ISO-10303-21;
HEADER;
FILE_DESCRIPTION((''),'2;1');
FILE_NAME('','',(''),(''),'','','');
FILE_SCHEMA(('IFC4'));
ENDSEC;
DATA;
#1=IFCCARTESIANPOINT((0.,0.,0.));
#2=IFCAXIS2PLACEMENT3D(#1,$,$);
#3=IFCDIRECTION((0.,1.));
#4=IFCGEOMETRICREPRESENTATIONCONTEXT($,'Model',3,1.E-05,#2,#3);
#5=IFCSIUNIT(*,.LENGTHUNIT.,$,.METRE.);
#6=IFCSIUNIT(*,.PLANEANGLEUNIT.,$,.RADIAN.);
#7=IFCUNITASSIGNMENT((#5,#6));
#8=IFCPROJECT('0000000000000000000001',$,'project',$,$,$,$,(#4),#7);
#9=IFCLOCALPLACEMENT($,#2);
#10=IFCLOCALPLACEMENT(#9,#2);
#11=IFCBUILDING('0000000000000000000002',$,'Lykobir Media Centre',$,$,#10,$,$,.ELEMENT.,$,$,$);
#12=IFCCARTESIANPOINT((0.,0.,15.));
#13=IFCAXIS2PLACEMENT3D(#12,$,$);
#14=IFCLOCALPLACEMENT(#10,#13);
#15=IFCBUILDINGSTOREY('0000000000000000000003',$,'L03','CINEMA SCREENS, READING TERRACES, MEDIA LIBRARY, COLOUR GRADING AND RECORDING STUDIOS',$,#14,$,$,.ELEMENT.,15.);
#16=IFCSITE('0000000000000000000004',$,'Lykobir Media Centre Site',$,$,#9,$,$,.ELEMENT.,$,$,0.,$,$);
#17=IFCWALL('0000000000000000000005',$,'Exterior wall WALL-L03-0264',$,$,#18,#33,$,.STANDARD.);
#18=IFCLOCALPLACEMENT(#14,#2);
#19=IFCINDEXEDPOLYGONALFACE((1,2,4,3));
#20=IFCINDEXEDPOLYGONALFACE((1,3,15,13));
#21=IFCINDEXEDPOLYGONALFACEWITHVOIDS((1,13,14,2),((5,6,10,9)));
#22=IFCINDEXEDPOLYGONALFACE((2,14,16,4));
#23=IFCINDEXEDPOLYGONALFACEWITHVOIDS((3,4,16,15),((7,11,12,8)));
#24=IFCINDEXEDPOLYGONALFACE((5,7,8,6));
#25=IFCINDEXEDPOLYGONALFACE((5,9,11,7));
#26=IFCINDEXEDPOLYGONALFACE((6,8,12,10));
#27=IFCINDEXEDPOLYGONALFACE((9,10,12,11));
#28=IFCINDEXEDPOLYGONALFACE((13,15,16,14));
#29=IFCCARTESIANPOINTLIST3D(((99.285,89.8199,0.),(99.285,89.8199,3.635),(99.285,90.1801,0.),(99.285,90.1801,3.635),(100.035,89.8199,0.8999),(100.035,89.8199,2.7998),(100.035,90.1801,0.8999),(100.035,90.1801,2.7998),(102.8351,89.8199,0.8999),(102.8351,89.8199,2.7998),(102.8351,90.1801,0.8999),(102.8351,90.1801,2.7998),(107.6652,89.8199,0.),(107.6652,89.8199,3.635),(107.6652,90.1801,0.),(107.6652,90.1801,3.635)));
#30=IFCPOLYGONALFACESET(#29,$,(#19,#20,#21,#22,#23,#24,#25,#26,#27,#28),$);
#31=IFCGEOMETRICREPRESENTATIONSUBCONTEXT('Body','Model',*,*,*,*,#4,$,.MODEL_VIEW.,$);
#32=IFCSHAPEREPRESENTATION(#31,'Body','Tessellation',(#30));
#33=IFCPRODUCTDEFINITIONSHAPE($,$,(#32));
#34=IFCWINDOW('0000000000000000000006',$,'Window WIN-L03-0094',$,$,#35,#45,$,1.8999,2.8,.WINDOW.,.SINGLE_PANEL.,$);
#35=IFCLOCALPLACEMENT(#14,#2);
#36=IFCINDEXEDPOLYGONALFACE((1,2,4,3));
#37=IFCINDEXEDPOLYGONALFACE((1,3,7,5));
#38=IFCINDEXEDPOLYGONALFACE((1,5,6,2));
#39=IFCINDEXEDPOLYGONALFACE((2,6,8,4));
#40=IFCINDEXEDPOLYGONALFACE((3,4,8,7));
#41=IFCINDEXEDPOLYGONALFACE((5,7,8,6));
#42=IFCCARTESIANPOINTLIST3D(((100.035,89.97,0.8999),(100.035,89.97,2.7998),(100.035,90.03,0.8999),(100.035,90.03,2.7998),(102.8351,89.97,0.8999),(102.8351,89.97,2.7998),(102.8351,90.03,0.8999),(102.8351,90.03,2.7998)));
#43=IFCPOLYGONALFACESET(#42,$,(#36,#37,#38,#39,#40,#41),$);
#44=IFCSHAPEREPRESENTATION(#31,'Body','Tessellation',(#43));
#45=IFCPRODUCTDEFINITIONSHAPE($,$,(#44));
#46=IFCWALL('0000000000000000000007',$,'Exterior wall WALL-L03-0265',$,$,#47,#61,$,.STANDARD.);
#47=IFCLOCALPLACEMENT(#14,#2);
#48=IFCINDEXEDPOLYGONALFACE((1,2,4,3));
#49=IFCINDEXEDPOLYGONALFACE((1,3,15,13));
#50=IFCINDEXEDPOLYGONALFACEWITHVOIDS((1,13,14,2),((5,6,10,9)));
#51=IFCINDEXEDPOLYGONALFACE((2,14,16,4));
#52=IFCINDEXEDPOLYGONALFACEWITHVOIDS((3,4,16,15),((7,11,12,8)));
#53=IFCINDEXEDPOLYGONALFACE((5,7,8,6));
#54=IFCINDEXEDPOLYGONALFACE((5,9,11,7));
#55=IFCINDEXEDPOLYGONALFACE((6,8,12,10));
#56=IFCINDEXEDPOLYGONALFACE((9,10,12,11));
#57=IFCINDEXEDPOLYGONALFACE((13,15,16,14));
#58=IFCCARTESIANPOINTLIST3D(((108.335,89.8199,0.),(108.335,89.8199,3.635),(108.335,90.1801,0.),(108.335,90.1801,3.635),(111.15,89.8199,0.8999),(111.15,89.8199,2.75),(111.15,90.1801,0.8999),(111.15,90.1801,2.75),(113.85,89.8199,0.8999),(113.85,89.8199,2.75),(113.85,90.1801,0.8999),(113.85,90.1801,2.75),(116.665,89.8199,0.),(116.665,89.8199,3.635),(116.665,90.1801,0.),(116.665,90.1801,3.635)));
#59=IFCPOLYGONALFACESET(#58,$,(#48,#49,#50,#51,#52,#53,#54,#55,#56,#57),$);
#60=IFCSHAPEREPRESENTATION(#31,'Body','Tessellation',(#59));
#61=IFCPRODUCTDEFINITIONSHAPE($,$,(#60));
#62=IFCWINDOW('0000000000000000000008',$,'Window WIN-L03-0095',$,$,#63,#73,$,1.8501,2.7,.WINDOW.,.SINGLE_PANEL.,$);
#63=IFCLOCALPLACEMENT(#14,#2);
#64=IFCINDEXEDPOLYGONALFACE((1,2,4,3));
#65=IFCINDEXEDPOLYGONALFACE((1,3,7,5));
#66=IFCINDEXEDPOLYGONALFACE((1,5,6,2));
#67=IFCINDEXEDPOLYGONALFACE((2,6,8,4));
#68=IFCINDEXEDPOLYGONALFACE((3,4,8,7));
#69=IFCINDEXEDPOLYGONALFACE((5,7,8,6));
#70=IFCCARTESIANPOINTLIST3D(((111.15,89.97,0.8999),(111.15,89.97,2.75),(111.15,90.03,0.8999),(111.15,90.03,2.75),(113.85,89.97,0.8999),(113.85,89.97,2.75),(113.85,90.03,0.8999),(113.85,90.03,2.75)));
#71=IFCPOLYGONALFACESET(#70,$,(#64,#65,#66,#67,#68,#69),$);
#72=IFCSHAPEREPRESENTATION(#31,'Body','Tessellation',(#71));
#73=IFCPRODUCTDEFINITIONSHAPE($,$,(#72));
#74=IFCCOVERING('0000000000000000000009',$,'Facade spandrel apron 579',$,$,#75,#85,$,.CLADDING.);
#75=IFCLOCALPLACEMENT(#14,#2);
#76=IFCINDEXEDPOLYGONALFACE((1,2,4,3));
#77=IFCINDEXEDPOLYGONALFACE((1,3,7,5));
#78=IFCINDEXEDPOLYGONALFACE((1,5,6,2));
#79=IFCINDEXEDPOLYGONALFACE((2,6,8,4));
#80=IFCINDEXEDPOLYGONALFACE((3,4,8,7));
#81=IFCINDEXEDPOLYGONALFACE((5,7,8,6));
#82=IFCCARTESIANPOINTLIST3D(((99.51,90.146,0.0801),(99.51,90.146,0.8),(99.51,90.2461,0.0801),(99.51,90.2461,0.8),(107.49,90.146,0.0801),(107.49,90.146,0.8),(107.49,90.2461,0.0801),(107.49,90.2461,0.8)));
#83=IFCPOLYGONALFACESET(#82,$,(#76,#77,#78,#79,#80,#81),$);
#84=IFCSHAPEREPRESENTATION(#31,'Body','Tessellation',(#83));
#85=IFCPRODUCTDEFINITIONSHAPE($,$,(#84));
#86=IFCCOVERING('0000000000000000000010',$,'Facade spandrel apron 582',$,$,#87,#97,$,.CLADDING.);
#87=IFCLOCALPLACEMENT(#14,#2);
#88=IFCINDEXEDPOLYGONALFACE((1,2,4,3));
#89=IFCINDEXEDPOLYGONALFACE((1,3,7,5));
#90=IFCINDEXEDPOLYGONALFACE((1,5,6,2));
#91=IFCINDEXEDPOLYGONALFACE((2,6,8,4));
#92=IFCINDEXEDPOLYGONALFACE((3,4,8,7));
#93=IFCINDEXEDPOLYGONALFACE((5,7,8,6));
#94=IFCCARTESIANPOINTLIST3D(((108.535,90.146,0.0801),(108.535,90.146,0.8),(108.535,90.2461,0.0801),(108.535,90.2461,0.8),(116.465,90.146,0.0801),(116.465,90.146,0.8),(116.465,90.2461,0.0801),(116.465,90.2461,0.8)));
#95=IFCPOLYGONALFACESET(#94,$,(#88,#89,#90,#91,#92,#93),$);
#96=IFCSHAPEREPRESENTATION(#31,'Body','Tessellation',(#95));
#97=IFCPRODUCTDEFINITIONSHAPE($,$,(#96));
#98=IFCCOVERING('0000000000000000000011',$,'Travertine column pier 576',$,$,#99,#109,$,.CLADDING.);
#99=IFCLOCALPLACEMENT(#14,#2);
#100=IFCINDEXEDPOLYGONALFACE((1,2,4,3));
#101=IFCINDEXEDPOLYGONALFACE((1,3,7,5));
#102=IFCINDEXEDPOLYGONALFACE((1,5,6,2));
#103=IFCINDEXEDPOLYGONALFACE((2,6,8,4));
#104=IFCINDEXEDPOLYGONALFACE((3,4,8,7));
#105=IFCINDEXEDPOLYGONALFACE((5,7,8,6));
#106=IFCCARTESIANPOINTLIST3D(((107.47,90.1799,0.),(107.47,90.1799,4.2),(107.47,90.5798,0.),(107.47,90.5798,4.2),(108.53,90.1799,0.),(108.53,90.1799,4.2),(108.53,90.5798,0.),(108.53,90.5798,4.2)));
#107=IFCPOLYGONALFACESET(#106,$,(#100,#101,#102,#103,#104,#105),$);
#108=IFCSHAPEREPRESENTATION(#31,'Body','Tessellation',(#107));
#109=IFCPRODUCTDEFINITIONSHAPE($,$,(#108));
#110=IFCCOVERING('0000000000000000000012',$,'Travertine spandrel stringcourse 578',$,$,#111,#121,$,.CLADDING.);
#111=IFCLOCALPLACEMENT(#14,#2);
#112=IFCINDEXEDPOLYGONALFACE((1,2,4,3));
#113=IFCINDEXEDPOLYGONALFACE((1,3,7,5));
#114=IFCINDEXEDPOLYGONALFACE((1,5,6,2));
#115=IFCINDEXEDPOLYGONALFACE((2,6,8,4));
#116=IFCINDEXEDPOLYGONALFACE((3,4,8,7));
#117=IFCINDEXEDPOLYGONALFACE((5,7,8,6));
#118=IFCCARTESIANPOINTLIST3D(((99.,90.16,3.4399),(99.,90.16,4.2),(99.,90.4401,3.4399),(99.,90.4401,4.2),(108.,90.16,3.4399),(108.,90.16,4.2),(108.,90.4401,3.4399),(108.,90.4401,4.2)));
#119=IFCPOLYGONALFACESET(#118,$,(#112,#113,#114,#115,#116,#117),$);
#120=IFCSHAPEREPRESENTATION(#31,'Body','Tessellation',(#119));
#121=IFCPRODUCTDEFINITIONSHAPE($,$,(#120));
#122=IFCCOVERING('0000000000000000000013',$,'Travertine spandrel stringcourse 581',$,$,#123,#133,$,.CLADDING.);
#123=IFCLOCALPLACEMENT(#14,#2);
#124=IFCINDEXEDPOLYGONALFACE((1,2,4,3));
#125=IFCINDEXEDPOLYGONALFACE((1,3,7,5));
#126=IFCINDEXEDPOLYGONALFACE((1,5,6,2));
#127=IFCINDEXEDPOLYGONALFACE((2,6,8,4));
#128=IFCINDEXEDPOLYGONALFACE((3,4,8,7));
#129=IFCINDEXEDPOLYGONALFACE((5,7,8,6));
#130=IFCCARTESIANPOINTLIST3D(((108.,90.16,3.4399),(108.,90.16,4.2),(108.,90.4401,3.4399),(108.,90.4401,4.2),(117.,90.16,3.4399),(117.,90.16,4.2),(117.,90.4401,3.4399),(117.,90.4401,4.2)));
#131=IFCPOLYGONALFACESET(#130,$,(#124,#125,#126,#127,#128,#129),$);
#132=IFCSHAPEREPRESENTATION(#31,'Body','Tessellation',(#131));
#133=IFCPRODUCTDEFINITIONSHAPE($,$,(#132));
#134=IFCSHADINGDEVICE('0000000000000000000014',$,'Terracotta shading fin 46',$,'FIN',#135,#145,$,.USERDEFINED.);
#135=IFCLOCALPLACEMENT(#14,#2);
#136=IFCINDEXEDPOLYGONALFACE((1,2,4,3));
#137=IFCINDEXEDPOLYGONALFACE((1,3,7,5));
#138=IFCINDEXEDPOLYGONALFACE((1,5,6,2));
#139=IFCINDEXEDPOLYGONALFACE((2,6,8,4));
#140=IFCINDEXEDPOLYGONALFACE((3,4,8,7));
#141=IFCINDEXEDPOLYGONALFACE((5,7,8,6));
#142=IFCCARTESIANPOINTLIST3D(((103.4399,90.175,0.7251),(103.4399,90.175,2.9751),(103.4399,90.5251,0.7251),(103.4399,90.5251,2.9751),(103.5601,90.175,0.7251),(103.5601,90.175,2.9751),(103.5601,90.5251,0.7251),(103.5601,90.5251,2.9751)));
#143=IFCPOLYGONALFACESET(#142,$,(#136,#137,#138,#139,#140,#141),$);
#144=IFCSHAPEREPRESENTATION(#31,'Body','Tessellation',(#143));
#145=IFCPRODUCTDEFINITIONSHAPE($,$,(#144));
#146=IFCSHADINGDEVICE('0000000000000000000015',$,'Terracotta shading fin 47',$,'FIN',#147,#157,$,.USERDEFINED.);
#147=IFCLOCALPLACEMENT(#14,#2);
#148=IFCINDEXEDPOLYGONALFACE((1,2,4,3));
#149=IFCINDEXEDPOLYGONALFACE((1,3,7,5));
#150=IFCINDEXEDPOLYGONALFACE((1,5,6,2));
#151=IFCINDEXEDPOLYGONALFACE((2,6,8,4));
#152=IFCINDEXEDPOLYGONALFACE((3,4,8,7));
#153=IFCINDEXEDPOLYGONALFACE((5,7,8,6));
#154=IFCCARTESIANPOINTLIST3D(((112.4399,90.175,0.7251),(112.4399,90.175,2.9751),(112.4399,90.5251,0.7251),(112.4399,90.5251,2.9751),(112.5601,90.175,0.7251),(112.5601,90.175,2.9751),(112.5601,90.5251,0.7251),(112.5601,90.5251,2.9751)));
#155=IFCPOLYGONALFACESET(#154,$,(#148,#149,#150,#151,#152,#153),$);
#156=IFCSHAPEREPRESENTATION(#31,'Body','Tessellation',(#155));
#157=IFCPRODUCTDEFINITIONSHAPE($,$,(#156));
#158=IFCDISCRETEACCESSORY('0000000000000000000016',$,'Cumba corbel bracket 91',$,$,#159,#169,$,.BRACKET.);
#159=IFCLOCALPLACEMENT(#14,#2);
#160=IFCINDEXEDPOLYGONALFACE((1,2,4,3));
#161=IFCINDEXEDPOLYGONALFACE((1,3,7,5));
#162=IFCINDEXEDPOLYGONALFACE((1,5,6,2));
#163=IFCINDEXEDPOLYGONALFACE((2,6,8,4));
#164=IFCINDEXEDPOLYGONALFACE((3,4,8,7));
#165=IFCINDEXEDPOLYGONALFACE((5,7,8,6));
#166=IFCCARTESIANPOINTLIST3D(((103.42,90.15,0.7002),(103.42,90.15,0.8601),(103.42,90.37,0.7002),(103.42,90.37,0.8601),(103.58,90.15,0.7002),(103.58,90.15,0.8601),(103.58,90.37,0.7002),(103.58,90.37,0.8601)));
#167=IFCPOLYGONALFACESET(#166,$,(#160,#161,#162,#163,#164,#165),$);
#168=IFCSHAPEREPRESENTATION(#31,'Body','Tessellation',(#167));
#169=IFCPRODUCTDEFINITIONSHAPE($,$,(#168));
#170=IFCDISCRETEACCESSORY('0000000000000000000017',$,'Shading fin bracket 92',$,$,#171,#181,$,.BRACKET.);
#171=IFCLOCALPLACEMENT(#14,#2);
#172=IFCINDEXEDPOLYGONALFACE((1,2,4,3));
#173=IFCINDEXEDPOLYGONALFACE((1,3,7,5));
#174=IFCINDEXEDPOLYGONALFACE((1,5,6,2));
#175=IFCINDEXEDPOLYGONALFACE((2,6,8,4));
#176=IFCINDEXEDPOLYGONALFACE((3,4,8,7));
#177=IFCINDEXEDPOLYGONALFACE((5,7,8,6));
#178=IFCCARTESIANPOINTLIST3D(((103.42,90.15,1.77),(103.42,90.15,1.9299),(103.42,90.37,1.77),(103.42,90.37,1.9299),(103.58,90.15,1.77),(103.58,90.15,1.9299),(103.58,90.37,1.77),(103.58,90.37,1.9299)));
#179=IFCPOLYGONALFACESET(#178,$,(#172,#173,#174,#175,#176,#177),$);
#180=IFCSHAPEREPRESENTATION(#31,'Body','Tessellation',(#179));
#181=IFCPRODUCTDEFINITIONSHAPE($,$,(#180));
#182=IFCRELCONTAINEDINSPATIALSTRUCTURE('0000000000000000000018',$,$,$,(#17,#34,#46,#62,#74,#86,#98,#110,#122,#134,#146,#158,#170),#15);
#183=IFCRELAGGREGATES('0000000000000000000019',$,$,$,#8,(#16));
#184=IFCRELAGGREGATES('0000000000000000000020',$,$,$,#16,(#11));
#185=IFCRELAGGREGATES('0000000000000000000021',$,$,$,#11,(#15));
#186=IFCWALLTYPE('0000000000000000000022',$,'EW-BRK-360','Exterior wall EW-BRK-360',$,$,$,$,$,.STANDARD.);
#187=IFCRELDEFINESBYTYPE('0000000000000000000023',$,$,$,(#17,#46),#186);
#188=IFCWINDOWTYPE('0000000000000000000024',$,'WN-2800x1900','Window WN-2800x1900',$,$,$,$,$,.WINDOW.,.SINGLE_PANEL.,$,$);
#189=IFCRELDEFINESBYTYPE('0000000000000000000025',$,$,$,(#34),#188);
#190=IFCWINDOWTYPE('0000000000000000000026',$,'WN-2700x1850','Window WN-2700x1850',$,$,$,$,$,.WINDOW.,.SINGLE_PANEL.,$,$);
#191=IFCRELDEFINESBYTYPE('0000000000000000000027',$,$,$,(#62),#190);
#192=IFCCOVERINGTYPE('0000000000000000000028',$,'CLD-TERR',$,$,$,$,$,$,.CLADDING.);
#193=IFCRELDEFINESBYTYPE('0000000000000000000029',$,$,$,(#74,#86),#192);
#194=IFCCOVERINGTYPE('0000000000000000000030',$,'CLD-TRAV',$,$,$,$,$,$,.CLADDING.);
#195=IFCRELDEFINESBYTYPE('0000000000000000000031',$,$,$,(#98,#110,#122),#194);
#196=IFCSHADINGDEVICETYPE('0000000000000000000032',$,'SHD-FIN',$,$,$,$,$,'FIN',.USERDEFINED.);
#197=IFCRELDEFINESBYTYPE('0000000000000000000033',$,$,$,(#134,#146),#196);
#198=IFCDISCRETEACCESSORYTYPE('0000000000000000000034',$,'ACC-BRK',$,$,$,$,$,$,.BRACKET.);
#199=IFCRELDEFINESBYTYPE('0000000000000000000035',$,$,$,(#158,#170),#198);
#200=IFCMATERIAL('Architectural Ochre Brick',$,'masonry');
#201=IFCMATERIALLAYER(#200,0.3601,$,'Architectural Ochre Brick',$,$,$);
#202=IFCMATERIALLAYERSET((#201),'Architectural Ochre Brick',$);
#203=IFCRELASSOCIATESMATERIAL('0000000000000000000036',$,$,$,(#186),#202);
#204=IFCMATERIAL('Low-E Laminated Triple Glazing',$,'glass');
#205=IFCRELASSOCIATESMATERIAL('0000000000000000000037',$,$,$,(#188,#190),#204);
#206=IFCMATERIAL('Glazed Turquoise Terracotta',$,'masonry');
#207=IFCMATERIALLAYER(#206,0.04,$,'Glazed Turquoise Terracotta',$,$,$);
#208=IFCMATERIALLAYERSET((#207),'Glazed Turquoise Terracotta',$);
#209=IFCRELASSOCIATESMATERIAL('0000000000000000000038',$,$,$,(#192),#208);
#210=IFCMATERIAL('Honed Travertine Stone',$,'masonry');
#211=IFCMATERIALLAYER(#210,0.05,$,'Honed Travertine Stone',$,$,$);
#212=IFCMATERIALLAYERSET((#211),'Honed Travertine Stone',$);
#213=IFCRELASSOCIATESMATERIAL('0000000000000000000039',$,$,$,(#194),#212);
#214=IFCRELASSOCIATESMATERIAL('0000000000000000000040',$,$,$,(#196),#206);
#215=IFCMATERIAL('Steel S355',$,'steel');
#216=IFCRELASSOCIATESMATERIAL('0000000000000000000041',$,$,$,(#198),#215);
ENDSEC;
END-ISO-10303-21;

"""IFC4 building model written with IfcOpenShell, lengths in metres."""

from ifc_helpers import new_model, si_unit, direction, frame, frame_2d, origin, origin_2d, place, context, subcontext, project, spatial, rectangle, extrude, material, layer, layer_set, type_object, element, fill, save


model = new_model("IFC4")

# Units and contexts
model_context = context("Model", 3, precision=1e-05, world=origin(), true_north=direction((0.0, 1.0)))
body_context = subcontext(model_context, "Body", "Model", "MODEL_VIEW")
ifc_project = project(units=[si_unit("LENGTHUNIT", "METRE"), si_unit("PLANEANGLEUNIT", "RADIAN")], contexts=[model_context])

# Site, building, storey
site_placement = place(None, origin())
site = spatial("IfcSite", under=ifc_project, at=site_placement, Name="Lykobir Media Centre Site", CompositionType="ELEMENT", RefElevation=0.0)
building_placement = place(site_placement, origin())
building = spatial("IfcBuilding", under=site, at=building_placement, Name="Lykobir Media Centre", CompositionType="ELEMENT")
storey_placement = place(building_placement, frame((0.0, 0.0, 15.0)))
storey = spatial("IfcBuildingStorey", under=building, at=storey_placement, Name="L03", Description="CINEMA SCREENS, READING TERRACES, MEDIA LIBRARY, COLOUR GRADING AND RECORDING STUDIOS", CompositionType="ELEMENT", Elevation=15.0)

# Shared definitions
ifc_material_1 = material(Name="Steel S355", Category="steel")

# Walls, openings, windows
ifc_material_2 = material(Name="Architectural Ochre Brick", Category="masonry")
ifc_layer_1 = layer(ifc_material_2, 0.3601, Name="Architectural Ochre Brick")
ifc_layer_set_1 = layer_set([ifc_layer_1], Name="Architectural Ochre Brick")
wall_type = type_object("IfcWallType", Name="EW-BRK-360", Description="Exterior wall EW-BRK-360", PredefinedType="STANDARD", material=ifc_layer_set_1)
wall_1_placement = place(storey_placement, frame((107.665, 90.0, 0.0), z_axis=(0.0, 0.0, 1.0), x_axis=(-1.0, 0.0, 0.0)))
wall_1 = element("IfcWall", 1, at=wall_1_placement, inside=storey, type_object=wall_type, Name="Exterior wall WALL-L03-0264", PredefinedType="STANDARD", context=body_context, shape_type="SweptSolid", body=[
    extrude(rectangle(XDim=8.3801, YDim=0.3601, at=frame_2d((4.1899, 0.0))), origin(), (0.0, 0.0, 1.0), 3.635),
])
opening_1_placement = place(wall_1_placement, frame((4.8301, 0.0, 0.8999)))
opening_1 = element("IfcOpeningElement", 2, at=opening_1_placement, cuts=wall_1, PredefinedType="OPENING", context=body_context, shape_type="SweptSolid", body=[
    extrude(rectangle(XDim=2.8, YDim=1.8999, at=frame_2d((1.3999, 0.95))), frame((0.0, 0.1899, 0.0), z_axis=(0.0, -1.0, 0.0), x_axis=(1.0, 0.0, 0.0)), (0.0, 0.0, 1.0), 0.3801),
])
ifc_material_3 = material(Name="Low-E Laminated Triple Glazing", Category="glass")
window_type_1 = type_object("IfcWindowType", Name="WN-2800x1900", Description="Window WN-2800x1900", PartitioningType="SINGLE_PANEL", PredefinedType="WINDOW", material=ifc_material_3)
window_1_placement = place(opening_1_placement, origin())
window_1 = element("IfcWindow", 3, at=window_1_placement, inside=storey, type_object=window_type_1, Name="Window WIN-L03-0094", OverallHeight=1.8999, OverallWidth=2.8, PartitioningType="SINGLE_PANEL", PredefinedType="WINDOW", context=body_context, shape_type="SweptSolid", body=[
    extrude(rectangle(XDim=2.8, YDim=1.8999, at=frame_2d((1.3999, 0.95))), frame((0.0, 0.03, 0.0), z_axis=(0.0, -1.0, 0.0), x_axis=(1.0, 0.0, 0.0)), (0.0, 0.0, 1.0), 0.0601),
])
fill(opening_1, window_1)
wall_2_placement = place(storey_placement, frame((116.665, 90.0, 0.0), z_axis=(0.0, 0.0, 1.0), x_axis=(-1.0, 0.0, 0.0)))
wall_2 = element("IfcWall", 4, at=wall_2_placement, inside=storey, type_object=wall_type, Name="Exterior wall WALL-L03-0265", PredefinedType="STANDARD", context=body_context, shape_type="SweptSolid", body=[
    extrude(rectangle(XDim=8.3301, YDim=0.3601, at=frame_2d((4.165, 0.0))), origin(), (0.0, 0.0, 1.0), 3.635),
])
opening_2_placement = place(wall_2_placement, frame((2.8149, 0.0, 0.8999)))
opening_2 = element("IfcOpeningElement", 5, at=opening_2_placement, cuts=wall_2, PredefinedType="OPENING", context=body_context, shape_type="SweptSolid", body=[
    extrude(rectangle(XDim=2.7, YDim=1.8501, at=frame_2d((1.3501, 0.925))), frame((0.0, 0.1899, 0.0), z_axis=(0.0, -1.0, 0.0), x_axis=(1.0, 0.0, 0.0)), (0.0, 0.0, 1.0), 0.3801),
])
window_type_2 = type_object("IfcWindowType", Name="WN-2700x1850", Description="Window WN-2700x1850", PartitioningType="SINGLE_PANEL", PredefinedType="WINDOW", material=ifc_material_3)
window_2_placement = place(opening_2_placement, origin())
window_2 = element("IfcWindow", 6, at=window_2_placement, inside=storey, type_object=window_type_2, Name="Window WIN-L03-0095", OverallHeight=1.8501, OverallWidth=2.7, PartitioningType="SINGLE_PANEL", PredefinedType="WINDOW", context=body_context, shape_type="SweptSolid", body=[
    extrude(rectangle(XDim=2.7, YDim=1.8501, at=frame_2d((1.3501, 0.925))), frame((0.0, 0.03, 0.0), z_axis=(0.0, -1.0, 0.0), x_axis=(1.0, 0.0, 0.0)), (0.0, 0.0, 1.0), 0.0601),
])
fill(opening_2, window_2)

# Coverings
ifc_material_4 = material(Name="Glazed Turquoise Terracotta", Category="masonry")
ifc_layer_2 = layer(ifc_material_4, 0.04, Name="Glazed Turquoise Terracotta")
ifc_layer_set_2 = layer_set([ifc_layer_2], Name="Glazed Turquoise Terracotta")
covering_type_1 = type_object("IfcCoveringType", Name="CLD-TERR", PredefinedType="CLADDING", material=ifc_layer_set_2)
covering_1_placement = place(storey_placement, frame((103.5, 90.196, 0.0801), z_axis=(0.0, 0.0, 1.0), x_axis=(-1.0, 0.0, 0.0)))
element("IfcCovering", 7, at=covering_1_placement, inside=storey, type_object=covering_type_1, Name="Facade spandrel apron 579", PredefinedType="CLADDING", context=body_context, shape_type="SweptSolid", body=[
    extrude(rectangle(XDim=7.98, YDim=0.1001, at=origin_2d()), origin(), (0.0, 0.0, 1.0), 0.72),
])
covering_2_placement = place(storey_placement, frame((112.5, 90.196, 0.0801), z_axis=(0.0, 0.0, 1.0), x_axis=(-1.0, 0.0, 0.0)))
element("IfcCovering", 8, at=covering_2_placement, inside=storey, type_object=covering_type_1, Name="Facade spandrel apron 582", PredefinedType="CLADDING", context=body_context, shape_type="SweptSolid", body=[
    extrude(rectangle(XDim=7.9299, YDim=0.1001, at=origin_2d()), origin(), (0.0, 0.0, 1.0), 0.72),
])
ifc_material_5 = material(Name="Honed Travertine Stone", Category="masonry")
ifc_layer_3 = layer(ifc_material_5, 0.05, Name="Honed Travertine Stone")
ifc_layer_set_3 = layer_set([ifc_layer_3], Name="Honed Travertine Stone")
covering_type_2 = type_object("IfcCoveringType", Name="CLD-TRAV", PredefinedType="CLADDING", material=ifc_layer_set_3)
covering_3_placement = place(storey_placement, frame((108.0, 90.3799, 0.0), z_axis=(0.0, 0.0, 1.0), x_axis=(-1.0, 0.0, 0.0)))
element("IfcCovering", 9, at=covering_3_placement, inside=storey, type_object=covering_type_2, Name="Travertine column pier 576", PredefinedType="CLADDING", context=body_context, shape_type="SweptSolid", body=[
    extrude(rectangle(XDim=1.0601, YDim=0.3999, at=origin_2d()), origin(), (0.0, 0.0, 1.0), 4.2),
])
for number, where, z_axis, x_axis, name in (
    (10, (103.5, 90.3, 3.4399), (0.0, 0.0, 1.0), (-1.0, 0.0, 0.0), "Travertine spandrel stringcourse 578"),
    (11, (112.5, 90.3, 3.4399), (0.0, 0.0, 1.0), (-1.0, 0.0, 0.0), "Travertine spandrel stringcourse 581"),
):
    element("IfcCovering", number, at=place(storey_placement, frame(where, z_axis=z_axis, x_axis=x_axis)), inside=storey, type_object=covering_type_2, Name=name, PredefinedType="CLADDING", context=body_context, shape_type="SweptSolid", body=[
        extrude(rectangle(XDim=9.0, YDim=0.28, at=origin_2d()), origin(), (0.0, 0.0, 1.0), 0.76),
    ])

# Shading devices
shading_device_type = type_object("IfcShadingDeviceType", Name="SHD-FIN", ElementType="FIN", PredefinedType="USERDEFINED", material=ifc_material_4)
for number, where, z_axis, x_axis, name in (
    (12, (103.5, 90.3501, 0.7251), (0.0, 0.0, 1.0), (-1.0, 0.0, 0.0), "Terracotta shading fin 46"),
    (13, (112.5, 90.3501, 0.7251), (0.0, 0.0, 1.0), (-1.0, 0.0, 0.0), "Terracotta shading fin 47"),
):
    element("IfcShadingDevice", number, at=place(storey_placement, frame(where, z_axis=z_axis, x_axis=x_axis)), inside=storey, type_object=shading_device_type, Name=name, ObjectType="FIN", PredefinedType="USERDEFINED", context=body_context, shape_type="SweptSolid", body=[
        extrude(rectangle(XDim=0.1201, YDim=0.3501, at=origin_2d()), origin(), (0.0, 0.0, 1.0), 2.25),
    ])

# Discrete accessories
discrete_accessory_type = type_object("IfcDiscreteAccessoryType", Name="ACC-BRK", PredefinedType="BRACKET", material=ifc_material_1)
for number, where, z_axis, x_axis, name in (
    (14, (103.5, 90.26, 0.7002), (0.0, 0.0, 1.0), (-1.0, 0.0, 0.0), "Cumba corbel bracket 91"),
    (15, (103.5, 90.26, 1.77), (0.0, 0.0, 1.0), (-1.0, 0.0, 0.0), "Shading fin bracket 92"),
):
    element("IfcDiscreteAccessory", number, at=place(storey_placement, frame(where, z_axis=z_axis, x_axis=x_axis)), inside=storey, type_object=discrete_accessory_type, Name=name, PredefinedType="BRACKET", context=body_context, shape_type="SweptSolid", body=[
        extrude(rectangle(XDim=0.1599, YDim=0.22, at=origin_2d()), origin(), (0.0, 0.0, 1.0), 0.1599),
    ])

save(model, "model.ifc")
